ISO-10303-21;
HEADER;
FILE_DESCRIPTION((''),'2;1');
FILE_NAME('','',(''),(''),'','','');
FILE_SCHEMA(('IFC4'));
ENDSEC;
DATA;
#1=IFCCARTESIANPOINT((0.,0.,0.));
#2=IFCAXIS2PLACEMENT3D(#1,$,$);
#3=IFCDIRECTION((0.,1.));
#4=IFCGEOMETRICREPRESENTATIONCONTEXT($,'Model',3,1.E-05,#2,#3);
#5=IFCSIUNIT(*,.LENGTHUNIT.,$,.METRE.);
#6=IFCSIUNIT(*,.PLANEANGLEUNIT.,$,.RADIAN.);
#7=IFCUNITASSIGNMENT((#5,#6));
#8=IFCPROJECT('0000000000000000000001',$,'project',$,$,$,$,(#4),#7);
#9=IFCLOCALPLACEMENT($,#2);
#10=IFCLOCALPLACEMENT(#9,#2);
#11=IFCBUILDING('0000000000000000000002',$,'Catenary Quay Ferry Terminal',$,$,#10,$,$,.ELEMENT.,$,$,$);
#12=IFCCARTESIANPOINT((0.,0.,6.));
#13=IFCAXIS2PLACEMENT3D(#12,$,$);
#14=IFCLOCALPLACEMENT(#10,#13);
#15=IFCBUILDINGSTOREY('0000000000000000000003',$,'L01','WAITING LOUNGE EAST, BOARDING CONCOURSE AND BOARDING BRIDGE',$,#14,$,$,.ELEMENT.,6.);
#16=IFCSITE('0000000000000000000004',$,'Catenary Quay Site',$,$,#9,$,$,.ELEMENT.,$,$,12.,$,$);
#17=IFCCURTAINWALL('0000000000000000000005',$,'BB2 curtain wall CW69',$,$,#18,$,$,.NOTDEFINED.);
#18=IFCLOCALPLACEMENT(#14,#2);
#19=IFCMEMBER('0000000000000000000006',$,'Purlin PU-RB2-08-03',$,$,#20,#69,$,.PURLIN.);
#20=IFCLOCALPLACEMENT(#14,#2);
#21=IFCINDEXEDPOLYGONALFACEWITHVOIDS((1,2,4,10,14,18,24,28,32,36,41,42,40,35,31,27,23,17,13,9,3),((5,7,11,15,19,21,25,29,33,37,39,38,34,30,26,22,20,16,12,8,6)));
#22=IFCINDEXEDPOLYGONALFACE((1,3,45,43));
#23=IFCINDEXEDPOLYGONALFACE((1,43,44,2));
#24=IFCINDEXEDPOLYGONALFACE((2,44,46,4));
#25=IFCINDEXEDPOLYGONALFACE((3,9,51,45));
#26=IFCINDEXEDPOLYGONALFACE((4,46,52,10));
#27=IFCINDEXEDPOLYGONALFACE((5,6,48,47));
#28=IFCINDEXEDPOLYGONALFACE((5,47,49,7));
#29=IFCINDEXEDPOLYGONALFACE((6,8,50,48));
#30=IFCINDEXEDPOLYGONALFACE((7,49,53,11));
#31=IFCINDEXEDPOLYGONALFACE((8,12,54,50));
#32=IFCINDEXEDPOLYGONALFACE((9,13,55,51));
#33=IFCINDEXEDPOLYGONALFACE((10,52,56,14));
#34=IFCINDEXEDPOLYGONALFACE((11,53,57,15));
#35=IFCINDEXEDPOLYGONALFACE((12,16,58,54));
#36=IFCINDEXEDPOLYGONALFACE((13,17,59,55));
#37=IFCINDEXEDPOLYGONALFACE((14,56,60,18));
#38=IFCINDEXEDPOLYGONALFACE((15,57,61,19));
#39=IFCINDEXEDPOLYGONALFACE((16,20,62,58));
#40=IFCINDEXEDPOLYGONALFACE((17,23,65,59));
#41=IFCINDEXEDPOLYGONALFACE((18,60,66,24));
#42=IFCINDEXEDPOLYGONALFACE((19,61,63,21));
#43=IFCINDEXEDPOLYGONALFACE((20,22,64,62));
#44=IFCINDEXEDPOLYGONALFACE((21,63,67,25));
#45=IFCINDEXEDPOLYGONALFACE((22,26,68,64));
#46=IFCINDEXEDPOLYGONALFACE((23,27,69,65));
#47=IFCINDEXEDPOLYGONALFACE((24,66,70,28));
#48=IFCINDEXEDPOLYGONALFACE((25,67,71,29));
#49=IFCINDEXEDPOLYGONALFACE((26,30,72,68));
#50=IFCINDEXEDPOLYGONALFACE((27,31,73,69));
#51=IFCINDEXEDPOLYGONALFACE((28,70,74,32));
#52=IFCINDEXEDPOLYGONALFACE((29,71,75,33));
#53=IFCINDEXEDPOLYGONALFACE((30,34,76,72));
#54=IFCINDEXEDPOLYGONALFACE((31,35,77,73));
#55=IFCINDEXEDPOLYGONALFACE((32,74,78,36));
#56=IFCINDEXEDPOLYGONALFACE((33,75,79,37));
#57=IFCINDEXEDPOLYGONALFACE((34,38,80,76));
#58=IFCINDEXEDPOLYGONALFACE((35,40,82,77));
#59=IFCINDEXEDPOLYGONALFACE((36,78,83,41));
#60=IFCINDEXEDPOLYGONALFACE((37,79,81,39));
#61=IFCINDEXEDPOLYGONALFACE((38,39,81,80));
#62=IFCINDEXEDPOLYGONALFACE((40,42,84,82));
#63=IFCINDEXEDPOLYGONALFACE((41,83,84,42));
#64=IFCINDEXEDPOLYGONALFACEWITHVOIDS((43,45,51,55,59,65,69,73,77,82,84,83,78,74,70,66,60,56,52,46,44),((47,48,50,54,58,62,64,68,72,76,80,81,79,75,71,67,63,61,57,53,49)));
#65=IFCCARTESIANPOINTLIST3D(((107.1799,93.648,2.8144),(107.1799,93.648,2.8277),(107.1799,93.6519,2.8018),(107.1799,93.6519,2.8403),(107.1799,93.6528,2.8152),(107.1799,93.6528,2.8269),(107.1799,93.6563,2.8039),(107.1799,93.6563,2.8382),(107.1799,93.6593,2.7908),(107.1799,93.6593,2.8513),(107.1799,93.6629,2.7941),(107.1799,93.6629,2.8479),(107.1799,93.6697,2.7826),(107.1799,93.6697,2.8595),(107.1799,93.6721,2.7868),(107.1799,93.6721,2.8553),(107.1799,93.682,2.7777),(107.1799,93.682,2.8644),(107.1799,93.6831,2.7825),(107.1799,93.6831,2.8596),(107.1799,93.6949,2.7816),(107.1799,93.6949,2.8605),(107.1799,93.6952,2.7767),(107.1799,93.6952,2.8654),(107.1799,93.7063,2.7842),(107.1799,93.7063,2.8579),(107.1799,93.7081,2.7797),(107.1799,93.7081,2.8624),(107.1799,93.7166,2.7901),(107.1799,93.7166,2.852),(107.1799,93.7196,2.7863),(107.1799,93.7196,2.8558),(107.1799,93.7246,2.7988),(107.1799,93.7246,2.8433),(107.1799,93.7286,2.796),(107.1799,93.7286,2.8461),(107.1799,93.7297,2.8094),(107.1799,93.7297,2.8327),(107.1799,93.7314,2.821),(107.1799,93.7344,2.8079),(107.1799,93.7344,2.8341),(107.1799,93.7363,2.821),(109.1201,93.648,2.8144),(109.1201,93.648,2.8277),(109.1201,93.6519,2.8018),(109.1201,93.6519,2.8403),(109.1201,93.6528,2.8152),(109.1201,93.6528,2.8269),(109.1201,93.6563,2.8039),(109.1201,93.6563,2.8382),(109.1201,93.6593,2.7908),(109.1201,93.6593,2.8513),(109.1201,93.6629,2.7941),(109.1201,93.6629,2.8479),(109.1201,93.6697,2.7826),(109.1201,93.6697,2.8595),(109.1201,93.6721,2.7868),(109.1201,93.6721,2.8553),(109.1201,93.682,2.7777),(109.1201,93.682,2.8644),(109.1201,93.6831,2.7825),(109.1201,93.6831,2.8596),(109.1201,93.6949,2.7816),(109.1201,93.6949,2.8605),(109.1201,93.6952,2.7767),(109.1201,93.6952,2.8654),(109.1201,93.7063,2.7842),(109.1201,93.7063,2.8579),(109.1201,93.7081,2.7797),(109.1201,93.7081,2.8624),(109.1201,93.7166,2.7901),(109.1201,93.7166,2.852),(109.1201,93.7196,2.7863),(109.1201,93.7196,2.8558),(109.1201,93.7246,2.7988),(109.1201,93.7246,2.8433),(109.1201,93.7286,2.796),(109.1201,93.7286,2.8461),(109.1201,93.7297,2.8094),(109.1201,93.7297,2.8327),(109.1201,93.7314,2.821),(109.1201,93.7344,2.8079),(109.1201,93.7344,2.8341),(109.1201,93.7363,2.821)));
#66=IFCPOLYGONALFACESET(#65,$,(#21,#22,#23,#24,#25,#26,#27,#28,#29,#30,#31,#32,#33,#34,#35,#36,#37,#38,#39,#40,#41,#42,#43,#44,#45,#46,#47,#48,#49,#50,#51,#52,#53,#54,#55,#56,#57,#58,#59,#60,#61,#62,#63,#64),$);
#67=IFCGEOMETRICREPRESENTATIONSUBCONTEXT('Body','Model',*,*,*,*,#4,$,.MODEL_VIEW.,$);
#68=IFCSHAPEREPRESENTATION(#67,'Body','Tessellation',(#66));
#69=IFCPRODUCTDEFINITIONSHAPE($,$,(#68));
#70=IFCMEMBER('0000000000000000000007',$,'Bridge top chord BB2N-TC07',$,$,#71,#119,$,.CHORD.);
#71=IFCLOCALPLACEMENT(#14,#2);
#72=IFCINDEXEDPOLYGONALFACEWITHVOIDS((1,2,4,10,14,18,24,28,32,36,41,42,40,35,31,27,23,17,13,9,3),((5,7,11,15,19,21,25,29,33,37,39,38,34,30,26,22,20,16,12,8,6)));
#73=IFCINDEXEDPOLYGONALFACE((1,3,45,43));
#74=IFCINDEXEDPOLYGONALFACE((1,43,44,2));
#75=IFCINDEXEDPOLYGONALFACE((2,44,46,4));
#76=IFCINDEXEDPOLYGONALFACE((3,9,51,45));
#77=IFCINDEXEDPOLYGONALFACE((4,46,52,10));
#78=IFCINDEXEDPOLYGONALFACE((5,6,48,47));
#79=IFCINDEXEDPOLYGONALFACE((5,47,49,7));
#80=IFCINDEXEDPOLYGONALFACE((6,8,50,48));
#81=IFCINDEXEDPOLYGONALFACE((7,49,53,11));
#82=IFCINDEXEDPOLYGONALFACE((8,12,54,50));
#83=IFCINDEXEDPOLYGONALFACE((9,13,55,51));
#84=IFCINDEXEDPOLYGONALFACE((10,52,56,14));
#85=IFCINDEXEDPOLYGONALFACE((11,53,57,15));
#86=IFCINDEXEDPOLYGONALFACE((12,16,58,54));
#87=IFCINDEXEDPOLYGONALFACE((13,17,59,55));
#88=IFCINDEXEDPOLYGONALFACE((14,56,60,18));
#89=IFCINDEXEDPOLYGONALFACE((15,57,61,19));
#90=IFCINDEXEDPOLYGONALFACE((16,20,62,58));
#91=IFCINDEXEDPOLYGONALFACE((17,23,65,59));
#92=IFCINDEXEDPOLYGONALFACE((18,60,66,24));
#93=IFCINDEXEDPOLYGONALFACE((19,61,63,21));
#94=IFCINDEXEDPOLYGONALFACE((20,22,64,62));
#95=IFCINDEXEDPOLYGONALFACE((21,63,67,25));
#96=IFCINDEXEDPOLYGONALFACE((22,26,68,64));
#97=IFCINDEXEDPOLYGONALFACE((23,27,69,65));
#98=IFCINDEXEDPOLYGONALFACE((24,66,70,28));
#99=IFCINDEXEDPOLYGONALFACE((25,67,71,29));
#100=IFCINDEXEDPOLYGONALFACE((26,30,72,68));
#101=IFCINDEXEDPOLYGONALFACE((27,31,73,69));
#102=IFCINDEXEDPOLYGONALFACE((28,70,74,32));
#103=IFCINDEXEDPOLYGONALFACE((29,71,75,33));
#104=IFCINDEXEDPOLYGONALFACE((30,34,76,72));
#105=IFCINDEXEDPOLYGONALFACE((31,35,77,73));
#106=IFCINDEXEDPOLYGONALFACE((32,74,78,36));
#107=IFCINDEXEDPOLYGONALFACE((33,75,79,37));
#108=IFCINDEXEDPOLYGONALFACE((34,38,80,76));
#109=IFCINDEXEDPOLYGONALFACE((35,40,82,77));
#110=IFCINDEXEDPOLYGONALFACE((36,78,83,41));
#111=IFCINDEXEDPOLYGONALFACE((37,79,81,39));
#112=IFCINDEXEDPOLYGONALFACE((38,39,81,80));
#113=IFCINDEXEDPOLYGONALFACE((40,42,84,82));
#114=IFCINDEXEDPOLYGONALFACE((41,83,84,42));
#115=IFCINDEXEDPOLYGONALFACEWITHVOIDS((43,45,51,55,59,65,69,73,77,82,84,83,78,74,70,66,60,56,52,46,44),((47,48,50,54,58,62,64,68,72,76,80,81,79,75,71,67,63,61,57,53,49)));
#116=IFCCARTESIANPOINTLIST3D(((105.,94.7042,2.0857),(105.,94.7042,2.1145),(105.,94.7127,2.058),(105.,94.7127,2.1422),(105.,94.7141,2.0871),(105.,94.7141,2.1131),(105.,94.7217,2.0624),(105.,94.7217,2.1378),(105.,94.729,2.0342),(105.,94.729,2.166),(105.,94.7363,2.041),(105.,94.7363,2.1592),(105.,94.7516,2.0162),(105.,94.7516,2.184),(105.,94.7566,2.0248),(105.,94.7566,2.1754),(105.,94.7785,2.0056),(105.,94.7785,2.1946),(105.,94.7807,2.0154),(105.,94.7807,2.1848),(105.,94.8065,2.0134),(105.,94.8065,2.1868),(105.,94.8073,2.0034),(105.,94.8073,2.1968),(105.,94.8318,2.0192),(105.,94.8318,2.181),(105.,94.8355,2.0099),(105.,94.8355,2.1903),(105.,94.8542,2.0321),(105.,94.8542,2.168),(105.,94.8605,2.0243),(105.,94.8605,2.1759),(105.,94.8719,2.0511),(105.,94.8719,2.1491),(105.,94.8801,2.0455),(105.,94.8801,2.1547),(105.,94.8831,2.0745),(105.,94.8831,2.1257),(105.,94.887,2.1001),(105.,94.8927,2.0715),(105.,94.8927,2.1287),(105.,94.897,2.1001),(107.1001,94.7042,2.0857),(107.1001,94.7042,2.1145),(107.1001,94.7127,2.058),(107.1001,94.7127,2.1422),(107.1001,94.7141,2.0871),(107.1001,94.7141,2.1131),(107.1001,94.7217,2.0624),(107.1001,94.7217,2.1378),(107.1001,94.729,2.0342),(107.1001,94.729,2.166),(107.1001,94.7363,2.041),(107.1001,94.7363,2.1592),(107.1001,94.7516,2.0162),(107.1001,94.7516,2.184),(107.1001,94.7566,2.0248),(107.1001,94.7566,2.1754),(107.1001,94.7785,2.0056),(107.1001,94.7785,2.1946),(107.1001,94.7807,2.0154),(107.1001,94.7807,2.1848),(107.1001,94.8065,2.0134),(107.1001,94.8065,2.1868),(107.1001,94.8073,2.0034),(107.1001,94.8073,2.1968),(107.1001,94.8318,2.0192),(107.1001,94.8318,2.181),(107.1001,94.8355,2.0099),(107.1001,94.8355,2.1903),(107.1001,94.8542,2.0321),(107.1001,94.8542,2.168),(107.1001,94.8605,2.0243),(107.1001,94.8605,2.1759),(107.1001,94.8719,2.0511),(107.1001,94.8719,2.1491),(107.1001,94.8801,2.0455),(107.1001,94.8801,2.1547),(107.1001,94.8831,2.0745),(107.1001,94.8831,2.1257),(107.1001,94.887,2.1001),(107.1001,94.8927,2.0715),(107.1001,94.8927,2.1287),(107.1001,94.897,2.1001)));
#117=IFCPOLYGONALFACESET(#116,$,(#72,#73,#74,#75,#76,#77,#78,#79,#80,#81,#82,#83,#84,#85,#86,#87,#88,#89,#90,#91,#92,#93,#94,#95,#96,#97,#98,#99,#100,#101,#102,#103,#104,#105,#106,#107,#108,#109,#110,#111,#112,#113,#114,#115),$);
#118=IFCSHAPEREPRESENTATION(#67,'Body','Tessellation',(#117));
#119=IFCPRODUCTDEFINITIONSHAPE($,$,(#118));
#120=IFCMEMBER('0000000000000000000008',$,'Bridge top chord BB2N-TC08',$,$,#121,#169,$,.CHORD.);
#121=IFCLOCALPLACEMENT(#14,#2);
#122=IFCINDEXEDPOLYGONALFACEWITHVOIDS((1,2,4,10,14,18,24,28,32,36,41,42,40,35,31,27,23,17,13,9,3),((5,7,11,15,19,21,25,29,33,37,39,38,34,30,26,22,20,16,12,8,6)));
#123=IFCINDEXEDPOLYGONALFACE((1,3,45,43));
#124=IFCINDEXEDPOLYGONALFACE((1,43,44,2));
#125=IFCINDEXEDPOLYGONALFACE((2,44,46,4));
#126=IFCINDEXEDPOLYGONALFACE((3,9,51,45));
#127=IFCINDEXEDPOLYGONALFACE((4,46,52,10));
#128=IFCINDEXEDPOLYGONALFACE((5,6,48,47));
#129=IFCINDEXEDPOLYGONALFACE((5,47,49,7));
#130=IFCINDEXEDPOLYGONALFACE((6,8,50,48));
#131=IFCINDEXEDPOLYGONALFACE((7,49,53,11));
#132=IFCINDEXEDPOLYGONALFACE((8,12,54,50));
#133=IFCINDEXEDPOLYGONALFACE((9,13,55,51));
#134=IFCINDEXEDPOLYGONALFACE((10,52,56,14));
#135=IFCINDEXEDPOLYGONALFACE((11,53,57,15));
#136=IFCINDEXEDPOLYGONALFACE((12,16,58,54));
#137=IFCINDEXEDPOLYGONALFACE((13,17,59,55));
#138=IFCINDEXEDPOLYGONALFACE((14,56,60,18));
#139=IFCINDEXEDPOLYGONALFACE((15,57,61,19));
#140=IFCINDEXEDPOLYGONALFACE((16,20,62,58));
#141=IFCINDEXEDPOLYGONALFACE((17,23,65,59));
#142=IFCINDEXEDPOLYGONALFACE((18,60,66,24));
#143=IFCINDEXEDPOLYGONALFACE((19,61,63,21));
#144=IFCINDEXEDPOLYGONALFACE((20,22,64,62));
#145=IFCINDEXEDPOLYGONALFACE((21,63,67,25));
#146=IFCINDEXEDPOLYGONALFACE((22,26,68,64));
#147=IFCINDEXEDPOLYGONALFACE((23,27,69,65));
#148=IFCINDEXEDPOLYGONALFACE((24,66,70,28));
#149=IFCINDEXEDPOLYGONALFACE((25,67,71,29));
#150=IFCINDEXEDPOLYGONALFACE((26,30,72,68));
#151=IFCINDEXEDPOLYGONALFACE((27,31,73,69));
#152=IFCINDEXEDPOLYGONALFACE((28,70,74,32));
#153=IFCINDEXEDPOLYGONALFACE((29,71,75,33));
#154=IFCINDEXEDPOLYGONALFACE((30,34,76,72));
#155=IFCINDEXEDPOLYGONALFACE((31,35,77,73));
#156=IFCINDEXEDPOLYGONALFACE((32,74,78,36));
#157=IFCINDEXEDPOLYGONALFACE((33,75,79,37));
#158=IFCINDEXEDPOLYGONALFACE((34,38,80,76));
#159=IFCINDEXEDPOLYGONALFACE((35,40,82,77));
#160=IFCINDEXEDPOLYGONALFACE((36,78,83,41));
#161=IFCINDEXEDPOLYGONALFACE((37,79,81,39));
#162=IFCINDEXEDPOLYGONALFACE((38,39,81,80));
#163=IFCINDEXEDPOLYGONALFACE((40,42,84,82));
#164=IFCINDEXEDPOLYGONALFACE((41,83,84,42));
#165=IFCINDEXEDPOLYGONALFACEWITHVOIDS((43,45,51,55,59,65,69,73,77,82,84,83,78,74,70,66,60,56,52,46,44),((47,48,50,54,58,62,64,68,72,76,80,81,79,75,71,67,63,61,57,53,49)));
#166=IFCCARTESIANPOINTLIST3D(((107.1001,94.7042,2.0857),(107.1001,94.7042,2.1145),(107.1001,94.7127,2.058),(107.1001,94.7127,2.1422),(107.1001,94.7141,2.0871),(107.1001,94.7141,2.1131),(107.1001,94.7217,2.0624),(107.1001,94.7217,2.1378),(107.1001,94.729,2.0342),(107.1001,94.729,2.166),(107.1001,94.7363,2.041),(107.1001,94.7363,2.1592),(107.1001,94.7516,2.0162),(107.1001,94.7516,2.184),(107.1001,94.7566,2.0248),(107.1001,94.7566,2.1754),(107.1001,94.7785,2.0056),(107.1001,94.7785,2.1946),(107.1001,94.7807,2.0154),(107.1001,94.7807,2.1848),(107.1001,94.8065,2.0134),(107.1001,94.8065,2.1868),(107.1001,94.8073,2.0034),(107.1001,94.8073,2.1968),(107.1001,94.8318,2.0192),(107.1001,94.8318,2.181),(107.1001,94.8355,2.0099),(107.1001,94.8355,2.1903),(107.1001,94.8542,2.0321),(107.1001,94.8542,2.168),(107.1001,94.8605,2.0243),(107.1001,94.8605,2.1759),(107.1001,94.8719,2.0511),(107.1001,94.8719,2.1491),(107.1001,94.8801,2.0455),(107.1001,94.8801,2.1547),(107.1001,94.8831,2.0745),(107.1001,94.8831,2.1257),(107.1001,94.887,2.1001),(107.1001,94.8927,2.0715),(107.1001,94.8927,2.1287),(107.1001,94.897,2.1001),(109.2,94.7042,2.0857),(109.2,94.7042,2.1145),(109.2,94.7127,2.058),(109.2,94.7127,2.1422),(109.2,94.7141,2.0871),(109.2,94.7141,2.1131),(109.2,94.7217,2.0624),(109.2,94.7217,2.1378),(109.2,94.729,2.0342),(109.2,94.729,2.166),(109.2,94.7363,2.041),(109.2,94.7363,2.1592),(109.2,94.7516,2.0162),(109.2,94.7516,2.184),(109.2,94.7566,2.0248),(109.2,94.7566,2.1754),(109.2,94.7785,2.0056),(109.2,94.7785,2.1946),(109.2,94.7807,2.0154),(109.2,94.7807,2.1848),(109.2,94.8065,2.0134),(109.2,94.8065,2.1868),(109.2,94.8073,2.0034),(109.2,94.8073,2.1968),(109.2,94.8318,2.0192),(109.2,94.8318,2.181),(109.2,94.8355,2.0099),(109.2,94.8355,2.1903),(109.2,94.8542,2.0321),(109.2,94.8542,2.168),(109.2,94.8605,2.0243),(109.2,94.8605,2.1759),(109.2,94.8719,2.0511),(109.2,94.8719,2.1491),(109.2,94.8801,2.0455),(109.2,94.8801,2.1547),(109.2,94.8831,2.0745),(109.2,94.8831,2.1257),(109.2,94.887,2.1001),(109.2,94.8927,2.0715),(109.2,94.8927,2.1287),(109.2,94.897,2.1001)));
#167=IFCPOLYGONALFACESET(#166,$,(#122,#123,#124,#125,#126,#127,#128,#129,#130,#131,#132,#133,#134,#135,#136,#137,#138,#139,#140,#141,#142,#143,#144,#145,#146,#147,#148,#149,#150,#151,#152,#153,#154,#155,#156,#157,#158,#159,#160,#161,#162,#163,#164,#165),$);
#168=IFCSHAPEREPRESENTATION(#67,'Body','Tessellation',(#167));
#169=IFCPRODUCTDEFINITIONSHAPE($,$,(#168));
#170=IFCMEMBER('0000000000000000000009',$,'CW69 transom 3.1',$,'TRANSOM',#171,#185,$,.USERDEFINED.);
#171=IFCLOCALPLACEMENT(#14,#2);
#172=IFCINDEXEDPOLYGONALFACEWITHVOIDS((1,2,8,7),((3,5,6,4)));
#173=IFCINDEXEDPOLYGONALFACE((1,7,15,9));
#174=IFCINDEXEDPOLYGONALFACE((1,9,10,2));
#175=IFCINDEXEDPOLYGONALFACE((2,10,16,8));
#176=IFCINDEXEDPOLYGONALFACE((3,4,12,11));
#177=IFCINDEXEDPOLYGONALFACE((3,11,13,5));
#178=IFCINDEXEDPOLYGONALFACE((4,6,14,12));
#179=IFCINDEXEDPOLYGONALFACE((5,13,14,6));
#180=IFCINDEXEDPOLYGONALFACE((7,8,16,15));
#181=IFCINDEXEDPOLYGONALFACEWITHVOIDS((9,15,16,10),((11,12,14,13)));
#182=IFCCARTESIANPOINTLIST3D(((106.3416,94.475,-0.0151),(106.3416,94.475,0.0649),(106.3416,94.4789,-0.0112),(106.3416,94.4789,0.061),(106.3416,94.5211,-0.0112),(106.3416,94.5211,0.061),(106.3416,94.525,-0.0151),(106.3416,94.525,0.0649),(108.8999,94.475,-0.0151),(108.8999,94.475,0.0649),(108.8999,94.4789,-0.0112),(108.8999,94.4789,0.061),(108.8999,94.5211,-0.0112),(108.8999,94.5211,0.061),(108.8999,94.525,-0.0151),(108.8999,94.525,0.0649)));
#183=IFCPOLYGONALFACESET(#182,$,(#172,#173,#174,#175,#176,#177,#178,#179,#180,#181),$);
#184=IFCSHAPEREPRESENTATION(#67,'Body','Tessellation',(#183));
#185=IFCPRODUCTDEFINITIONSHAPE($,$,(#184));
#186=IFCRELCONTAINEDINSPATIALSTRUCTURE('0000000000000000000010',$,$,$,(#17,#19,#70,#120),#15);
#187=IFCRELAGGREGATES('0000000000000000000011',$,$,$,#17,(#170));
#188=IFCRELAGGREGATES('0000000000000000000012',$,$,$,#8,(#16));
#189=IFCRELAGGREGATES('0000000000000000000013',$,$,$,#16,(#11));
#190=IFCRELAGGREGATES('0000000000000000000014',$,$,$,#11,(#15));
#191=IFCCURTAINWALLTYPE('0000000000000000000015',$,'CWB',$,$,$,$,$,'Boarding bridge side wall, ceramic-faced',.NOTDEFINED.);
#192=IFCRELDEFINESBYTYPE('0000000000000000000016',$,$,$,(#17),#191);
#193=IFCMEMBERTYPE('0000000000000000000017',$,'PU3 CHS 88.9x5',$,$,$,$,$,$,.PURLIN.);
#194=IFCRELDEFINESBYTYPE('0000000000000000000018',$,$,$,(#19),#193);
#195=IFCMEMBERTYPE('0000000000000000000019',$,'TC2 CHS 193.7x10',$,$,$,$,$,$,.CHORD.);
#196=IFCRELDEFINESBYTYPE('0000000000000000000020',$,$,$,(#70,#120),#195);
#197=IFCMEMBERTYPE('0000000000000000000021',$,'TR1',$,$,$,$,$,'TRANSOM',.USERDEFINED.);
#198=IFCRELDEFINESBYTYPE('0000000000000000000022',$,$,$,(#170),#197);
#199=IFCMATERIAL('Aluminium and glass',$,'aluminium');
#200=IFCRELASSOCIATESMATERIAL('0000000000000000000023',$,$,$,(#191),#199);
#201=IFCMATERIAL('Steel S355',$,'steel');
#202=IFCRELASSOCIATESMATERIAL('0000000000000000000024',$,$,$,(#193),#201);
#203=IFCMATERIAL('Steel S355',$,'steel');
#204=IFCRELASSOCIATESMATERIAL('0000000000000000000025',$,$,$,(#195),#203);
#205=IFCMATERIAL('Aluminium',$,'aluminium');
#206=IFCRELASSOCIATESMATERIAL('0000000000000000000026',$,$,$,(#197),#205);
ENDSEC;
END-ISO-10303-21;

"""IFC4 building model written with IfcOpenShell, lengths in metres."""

from ifc_helpers import new_model, si_unit, direction, frame, origin, origin_2d, place, context, subcontext, project, spatial, hollow_rectangle, hollow_circle, extrude, material, material_profile, profile_set, type_object, element, aggregate, save


model = new_model("IFC4")

# Units and contexts
model_context = context("Model", 3, precision=1e-05, world=origin(), true_north=direction((0.0, 1.0)))
body_context = subcontext(model_context, "Body", "Model", "MODEL_VIEW")
ifc_project = project(units=[si_unit("LENGTHUNIT", "METRE"), si_unit("PLANEANGLEUNIT", "RADIAN")], contexts=[model_context])

# Site, building, storey
site_placement = place(None, origin())
site = spatial("IfcSite", under=ifc_project, at=site_placement, Name="Catenary Quay Site", CompositionType="ELEMENT", RefElevation=12.0)
building_placement = place(site_placement, origin())
building = spatial("IfcBuilding", under=site, at=building_placement, Name="Catenary Quay Ferry Terminal", CompositionType="ELEMENT")
storey_placement = place(building_placement, frame((0.0, 0.0, 6.0)))
storey = spatial("IfcBuildingStorey", under=building, at=storey_placement, Name="L01", Description="WAITING LOUNGE EAST, BOARDING CONCOURSE AND BOARDING BRIDGE", CompositionType="ELEMENT", Elevation=6.0)

# Curtain wall
ifc_material_1 = material(Name="Aluminium and glass", Category="aluminium")
curtain_wall_type = type_object("IfcCurtainWallType", Name="CWB", ElementType="Boarding bridge side wall, ceramic-faced", PredefinedType="NOTDEFINED", material=ifc_material_1)
curtain_wall_placement = place(storey_placement, origin())
curtain_wall = element("IfcCurtainWall", 1, at=curtain_wall_placement, inside=storey, type_object=curtain_wall_type, Name="BB2 curtain wall CW69", PredefinedType="NOTDEFINED")

# Members
ifc_material_2 = material(Name="Steel S355", Category="steel")
ifc_material_profile_1 = material_profile(ifc_material_2, hollow_circle(Radius=0.0444, WallThickness=0.0049, at=origin_2d()), Name="CHS 88.9x5")
ifc_profile_set_1 = profile_set([ifc_material_profile_1], Name="Steel S355")
member_type_1 = type_object("IfcMemberType", Name="PU3 CHS 88.9x5", PredefinedType="PURLIN", material=ifc_profile_set_1)
for number, where, z_axis, x_axis, name in (
    (2, (107.1799, 93.6919, 2.821), (1.0, 0.0, 0.0), (0.0, 1.0, 0.0), "Purlin PU-RB2-08-03"),
):
    element("IfcMember", number, at=place(storey_placement, frame(where, z_axis=z_axis, x_axis=x_axis)), inside=storey, type_object=member_type_1, Name=name, PredefinedType="PURLIN", context=body_context, shape_type="SweptSolid", body=[
        extrude(hollow_circle(Radius=0.0444, WallThickness=0.0049, at=origin_2d()), origin(), (0.0, 0.0, 1.0), 1.9402),
    ])
ifc_material_3 = material(Name="Steel S355", Category="steel")
ifc_material_profile_2 = material_profile(ifc_material_3, hollow_circle(Radius=0.0969, WallThickness=0.01, at=origin_2d()), Name="CHS 193.7x10")
ifc_profile_set_2 = profile_set([ifc_material_profile_2], Name="Steel S355")
member_type_2 = type_object("IfcMemberType", Name="TC2 CHS 193.7x10", PredefinedType="CHORD", material=ifc_profile_set_2)
member_1_placement = place(storey_placement, frame((105.0, 94.8, 2.1001), z_axis=(1.0, 0.0, 0.0), x_axis=(0.0, 1.0, 0.0)))
element("IfcMember", 3, at=member_1_placement, inside=storey, type_object=member_type_2, Name="Bridge top chord BB2N-TC07", PredefinedType="CHORD", context=body_context, shape_type="SweptSolid", body=[
    extrude(hollow_circle(Radius=0.0969, WallThickness=0.01, at=origin_2d()), origin(), (0.0, 0.0, 1.0), 2.1001),
])
member_2_placement = place(storey_placement, frame((107.1001, 94.8, 2.1001), z_axis=(1.0, 0.0, 0.0), x_axis=(0.0, 1.0, 0.0)))
element("IfcMember", 4, at=member_2_placement, inside=storey, type_object=member_type_2, Name="Bridge top chord BB2N-TC08", PredefinedType="CHORD", context=body_context, shape_type="SweptSolid", body=[
    extrude(hollow_circle(Radius=0.0969, WallThickness=0.01, at=origin_2d()), origin(), (0.0, 0.0, 1.0), 2.0999),
])

# Member
ifc_material_4 = material(Name="Aluminium", Category="aluminium")
ifc_material_profile_3 = material_profile(ifc_material_4, hollow_rectangle(XDim=0.05, YDim=0.0801, WallThickness=0.0039, at=origin_2d()), Name="TR1")
ifc_profile_set_3 = profile_set([ifc_material_profile_3], Name="Aluminium")
member_type_3 = type_object("IfcMemberType", Name="TR1", ElementType="TRANSOM", PredefinedType="USERDEFINED", material=ifc_profile_set_3)
member_3_placement = place(storey_placement, frame((106.3416, 94.5, 0.0249), z_axis=(1.0, 0.0, 0.0), x_axis=(0.0, 1.0, 0.0)))
member_3 = element("IfcMember", 5, at=member_3_placement, type_object=member_type_3, Name="CW69 transom 3.1", ObjectType="TRANSOM", PredefinedType="USERDEFINED", context=body_context, shape_type="SweptSolid", body=[
    extrude(hollow_rectangle(XDim=0.05, YDim=0.0801, WallThickness=0.0039, at=origin_2d()), origin(), (0.0, 0.0, 1.0), 2.5583),
])

aggregate(curtain_wall, [member_3])

save(model, "model.ifc")
